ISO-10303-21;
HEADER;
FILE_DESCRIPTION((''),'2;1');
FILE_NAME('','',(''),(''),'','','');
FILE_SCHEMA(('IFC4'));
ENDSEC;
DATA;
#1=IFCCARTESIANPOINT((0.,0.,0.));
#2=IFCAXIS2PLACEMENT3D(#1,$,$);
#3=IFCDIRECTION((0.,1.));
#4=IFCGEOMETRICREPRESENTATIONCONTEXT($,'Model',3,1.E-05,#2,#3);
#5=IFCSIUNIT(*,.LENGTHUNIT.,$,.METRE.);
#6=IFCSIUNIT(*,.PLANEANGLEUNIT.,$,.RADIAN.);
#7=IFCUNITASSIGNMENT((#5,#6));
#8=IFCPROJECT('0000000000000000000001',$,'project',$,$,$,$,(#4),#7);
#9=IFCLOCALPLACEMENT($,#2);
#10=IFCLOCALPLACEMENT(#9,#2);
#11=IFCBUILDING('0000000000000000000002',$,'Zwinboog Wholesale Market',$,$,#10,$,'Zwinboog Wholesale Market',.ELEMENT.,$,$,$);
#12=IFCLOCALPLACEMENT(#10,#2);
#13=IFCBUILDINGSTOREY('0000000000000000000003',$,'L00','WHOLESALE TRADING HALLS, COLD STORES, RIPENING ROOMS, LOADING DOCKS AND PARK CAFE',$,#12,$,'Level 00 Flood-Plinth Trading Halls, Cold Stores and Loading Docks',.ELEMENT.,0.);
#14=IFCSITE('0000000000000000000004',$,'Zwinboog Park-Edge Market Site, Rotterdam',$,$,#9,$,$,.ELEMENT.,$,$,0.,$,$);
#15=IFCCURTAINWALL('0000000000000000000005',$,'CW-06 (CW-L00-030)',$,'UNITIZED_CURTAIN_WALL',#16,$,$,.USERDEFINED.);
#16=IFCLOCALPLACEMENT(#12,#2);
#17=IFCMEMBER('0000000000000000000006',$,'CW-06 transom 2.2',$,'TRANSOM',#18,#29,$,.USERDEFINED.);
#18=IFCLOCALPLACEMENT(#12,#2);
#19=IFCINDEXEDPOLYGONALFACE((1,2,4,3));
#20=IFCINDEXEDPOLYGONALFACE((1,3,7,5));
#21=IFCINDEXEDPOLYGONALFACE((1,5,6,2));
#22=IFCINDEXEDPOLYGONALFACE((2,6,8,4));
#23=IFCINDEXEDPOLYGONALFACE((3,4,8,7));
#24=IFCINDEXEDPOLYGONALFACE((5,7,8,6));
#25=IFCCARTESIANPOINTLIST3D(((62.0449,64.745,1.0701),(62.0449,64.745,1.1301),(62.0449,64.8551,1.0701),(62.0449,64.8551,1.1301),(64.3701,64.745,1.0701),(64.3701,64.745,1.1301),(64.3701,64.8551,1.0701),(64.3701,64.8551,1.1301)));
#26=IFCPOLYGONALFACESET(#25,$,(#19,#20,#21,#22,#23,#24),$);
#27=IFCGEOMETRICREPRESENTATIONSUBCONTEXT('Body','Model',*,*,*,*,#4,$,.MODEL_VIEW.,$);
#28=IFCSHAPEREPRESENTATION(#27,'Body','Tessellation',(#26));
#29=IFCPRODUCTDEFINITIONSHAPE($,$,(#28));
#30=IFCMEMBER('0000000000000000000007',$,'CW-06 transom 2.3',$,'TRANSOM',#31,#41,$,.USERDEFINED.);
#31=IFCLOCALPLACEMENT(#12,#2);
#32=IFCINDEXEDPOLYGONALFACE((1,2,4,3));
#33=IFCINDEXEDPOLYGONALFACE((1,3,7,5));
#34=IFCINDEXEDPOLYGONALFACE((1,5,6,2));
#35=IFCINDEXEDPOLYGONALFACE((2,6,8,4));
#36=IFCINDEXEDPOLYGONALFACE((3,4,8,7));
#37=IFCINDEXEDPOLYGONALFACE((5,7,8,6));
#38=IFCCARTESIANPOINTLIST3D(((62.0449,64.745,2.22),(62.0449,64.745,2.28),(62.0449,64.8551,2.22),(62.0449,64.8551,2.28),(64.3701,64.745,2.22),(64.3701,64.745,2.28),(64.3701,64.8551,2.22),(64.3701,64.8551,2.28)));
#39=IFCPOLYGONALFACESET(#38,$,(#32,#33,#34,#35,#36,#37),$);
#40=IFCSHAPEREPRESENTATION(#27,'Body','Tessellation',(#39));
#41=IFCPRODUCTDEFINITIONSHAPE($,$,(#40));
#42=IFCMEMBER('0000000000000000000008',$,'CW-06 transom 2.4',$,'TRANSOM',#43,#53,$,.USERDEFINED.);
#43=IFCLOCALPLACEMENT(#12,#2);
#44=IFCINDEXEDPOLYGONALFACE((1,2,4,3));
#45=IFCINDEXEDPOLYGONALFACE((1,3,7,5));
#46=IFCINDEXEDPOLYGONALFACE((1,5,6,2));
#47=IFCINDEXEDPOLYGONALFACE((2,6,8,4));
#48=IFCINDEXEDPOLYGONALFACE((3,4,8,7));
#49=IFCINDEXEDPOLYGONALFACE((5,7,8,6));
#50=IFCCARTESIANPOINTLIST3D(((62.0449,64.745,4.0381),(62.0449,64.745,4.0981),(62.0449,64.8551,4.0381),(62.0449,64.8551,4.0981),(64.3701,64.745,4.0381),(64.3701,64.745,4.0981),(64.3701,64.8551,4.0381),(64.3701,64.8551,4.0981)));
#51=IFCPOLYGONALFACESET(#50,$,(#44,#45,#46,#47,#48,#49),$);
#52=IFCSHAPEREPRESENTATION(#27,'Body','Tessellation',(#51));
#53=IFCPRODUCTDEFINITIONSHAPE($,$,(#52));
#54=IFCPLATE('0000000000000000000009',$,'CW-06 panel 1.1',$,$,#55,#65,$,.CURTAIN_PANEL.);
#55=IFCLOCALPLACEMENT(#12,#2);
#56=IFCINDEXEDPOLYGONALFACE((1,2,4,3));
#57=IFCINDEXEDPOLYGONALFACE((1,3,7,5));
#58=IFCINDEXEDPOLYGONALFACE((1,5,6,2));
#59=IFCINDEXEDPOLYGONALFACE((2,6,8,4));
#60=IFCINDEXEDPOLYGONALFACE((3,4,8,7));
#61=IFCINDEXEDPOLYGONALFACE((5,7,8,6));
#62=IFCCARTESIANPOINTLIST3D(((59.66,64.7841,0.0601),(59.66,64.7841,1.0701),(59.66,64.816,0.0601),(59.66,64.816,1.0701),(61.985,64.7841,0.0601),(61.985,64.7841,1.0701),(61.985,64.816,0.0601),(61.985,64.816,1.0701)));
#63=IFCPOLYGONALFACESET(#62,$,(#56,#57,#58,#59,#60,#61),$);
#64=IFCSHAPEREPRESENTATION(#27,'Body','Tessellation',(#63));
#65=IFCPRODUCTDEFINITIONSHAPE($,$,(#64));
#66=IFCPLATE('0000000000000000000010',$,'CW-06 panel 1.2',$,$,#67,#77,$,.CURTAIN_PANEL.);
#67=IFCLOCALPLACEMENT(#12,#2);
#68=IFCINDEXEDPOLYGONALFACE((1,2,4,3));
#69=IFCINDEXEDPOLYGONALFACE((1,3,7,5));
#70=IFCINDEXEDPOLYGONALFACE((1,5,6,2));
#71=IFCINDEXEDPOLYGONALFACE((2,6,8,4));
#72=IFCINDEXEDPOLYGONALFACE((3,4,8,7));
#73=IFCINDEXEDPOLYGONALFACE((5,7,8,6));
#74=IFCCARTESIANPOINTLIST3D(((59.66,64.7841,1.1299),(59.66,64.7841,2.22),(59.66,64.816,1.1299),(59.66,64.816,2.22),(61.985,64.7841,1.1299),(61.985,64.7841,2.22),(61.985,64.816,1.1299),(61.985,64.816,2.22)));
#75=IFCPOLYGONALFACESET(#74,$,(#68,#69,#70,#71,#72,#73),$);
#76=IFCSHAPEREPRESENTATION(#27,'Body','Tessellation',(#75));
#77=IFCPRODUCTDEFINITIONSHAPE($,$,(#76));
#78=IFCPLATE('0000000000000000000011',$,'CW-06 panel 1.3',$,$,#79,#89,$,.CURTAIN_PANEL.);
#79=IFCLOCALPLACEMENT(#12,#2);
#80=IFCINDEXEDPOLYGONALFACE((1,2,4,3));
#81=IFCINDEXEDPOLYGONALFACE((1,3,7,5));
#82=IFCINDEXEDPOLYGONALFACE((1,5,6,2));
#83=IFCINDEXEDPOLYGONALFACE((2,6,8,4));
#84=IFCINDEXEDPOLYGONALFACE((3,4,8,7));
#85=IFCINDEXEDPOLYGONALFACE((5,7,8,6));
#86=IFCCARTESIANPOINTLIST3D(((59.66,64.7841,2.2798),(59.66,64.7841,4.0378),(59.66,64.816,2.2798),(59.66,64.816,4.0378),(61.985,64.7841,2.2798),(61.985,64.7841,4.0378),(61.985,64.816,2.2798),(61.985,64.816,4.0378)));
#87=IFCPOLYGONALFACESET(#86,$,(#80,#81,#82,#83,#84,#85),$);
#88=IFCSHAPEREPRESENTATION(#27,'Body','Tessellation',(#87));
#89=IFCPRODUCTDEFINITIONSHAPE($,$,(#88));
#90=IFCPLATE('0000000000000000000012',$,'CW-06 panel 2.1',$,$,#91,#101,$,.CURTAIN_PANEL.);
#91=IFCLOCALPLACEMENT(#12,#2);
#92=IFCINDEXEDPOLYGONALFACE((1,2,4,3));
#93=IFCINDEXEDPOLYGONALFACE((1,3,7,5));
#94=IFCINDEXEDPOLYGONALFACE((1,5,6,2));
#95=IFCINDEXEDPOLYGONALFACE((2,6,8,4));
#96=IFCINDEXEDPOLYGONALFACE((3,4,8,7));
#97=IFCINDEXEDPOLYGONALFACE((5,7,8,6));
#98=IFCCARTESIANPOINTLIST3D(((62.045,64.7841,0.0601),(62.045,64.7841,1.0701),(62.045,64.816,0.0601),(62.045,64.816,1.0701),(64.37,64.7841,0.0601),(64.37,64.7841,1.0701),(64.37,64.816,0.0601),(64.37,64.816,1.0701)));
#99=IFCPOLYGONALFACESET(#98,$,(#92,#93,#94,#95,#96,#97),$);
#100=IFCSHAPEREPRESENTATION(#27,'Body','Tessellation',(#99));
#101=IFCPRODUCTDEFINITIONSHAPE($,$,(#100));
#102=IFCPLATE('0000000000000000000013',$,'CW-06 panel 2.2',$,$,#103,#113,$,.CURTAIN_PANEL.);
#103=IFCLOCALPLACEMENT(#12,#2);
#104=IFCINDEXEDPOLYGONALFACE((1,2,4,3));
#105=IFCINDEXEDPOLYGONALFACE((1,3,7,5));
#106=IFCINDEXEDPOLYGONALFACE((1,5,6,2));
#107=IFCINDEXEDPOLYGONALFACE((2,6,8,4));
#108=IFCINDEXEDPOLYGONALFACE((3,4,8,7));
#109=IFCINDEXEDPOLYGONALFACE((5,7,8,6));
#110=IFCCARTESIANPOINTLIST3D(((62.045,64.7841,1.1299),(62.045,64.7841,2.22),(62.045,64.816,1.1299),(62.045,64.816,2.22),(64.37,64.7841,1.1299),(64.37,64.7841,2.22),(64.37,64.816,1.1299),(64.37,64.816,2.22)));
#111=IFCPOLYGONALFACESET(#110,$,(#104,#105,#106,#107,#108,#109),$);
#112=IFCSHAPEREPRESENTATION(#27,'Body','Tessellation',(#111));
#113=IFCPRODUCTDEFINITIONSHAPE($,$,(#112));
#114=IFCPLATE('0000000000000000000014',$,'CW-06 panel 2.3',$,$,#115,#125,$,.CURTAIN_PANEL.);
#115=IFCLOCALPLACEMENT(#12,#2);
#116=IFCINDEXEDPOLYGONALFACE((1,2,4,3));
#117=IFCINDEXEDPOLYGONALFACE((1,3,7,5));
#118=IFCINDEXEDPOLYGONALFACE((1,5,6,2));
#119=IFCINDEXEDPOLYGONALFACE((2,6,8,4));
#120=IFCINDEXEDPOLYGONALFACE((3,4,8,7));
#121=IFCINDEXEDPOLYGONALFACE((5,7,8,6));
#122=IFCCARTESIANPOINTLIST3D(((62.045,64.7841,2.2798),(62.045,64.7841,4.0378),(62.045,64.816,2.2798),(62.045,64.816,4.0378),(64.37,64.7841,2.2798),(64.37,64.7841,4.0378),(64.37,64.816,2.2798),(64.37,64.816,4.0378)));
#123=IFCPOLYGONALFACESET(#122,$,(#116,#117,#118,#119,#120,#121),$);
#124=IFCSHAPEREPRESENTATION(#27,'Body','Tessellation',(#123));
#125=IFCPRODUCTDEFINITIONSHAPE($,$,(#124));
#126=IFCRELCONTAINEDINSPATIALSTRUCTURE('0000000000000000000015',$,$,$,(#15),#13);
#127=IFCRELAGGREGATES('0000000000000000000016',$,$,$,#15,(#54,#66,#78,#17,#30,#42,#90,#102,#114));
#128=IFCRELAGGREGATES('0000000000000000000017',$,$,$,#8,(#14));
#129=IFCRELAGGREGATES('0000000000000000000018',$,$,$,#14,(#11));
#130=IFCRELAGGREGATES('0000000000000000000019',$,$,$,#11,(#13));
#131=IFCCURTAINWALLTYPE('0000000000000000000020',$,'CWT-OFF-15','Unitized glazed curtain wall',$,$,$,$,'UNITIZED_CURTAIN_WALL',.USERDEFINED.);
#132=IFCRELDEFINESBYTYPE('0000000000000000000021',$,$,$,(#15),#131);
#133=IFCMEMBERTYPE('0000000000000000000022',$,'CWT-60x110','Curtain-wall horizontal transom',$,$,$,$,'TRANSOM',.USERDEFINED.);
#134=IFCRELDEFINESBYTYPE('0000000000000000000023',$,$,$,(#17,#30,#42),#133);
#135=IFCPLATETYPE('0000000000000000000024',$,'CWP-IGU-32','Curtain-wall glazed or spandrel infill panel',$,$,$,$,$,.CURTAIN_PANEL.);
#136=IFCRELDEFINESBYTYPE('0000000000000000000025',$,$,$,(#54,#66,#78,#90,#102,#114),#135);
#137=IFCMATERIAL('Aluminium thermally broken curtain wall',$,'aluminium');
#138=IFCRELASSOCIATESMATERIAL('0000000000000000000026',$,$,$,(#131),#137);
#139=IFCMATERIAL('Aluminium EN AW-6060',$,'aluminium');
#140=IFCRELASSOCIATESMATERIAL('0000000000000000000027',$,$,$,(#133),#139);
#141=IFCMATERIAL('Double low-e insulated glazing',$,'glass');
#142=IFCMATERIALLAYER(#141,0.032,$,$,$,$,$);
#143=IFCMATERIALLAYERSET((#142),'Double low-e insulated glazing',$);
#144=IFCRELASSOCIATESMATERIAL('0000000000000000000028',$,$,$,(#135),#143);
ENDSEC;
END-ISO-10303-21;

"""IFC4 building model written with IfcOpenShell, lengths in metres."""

from ifc_helpers import new_model, si_unit, direction, frame, origin, origin_2d, place, context, subcontext, project, spatial, rectangle, extrude, material, layer, layer_set, material_profile, profile_set, type_object, element, aggregate, save


model = new_model("IFC4")

# Units and contexts
model_context = context("Model", 3, precision=1e-05, world=origin(), true_north=direction((0.0, 1.0)))
body_context = subcontext(model_context, "Body", "Model", "MODEL_VIEW")
ifc_project = project(units=[si_unit("LENGTHUNIT", "METRE"), si_unit("PLANEANGLEUNIT", "RADIAN")], contexts=[model_context])

# Site, building, storey
site_placement = place(None, origin())
site = spatial("IfcSite", under=ifc_project, at=site_placement, Name="Zwinboog Park-Edge Market Site, Rotterdam", CompositionType="ELEMENT", RefElevation=0.0)
building_placement = place(site_placement, origin())
building = spatial("IfcBuilding", under=site, at=building_placement, Name="Zwinboog Wholesale Market", LongName="Zwinboog Wholesale Market", CompositionType="ELEMENT")
storey_placement = place(building_placement, origin())
storey = spatial("IfcBuildingStorey", under=building, at=storey_placement, Name="L00", Description="WHOLESALE TRADING HALLS, COLD STORES, RIPENING ROOMS, LOADING DOCKS AND PARK CAFE", LongName="Level 00 Flood-Plinth Trading Halls, Cold Stores and Loading Docks", CompositionType="ELEMENT", Elevation=0.0)

# Curtain wall, members, plates
ifc_material_1 = material(Name="Aluminium thermally broken curtain wall", Category="aluminium")
curtain_wall_type = type_object("IfcCurtainWallType", Name="CWT-OFF-15", Description="Unitized glazed curtain wall", ElementType="UNITIZED_CURTAIN_WALL", PredefinedType="USERDEFINED", material=ifc_material_1)
curtain_wall_placement = place(storey_placement, origin())
curtain_wall = element("IfcCurtainWall", 1, at=curtain_wall_placement, inside=storey, type_object=curtain_wall_type, Name="CW-06 (CW-L00-030)", ObjectType="UNITIZED_CURTAIN_WALL", PredefinedType="USERDEFINED")
ifc_material_2 = material(Name="Aluminium EN AW-6060", Category="aluminium")
ifc_material_profile_1 = material_profile(ifc_material_2, rectangle(XDim=0.1101, YDim=0.0601, at=origin_2d()), Name="AL 60x110")
ifc_profile_set_1 = profile_set([ifc_material_profile_1], Name="Aluminium EN AW-6060")
member_type_1 = type_object("IfcMemberType", Name="CWT-60x110", Description="Curtain-wall horizontal transom", ElementType="TRANSOM", PredefinedType="USERDEFINED", material=ifc_profile_set_1)
member_1_placement = place(storey_placement, frame((62.0449, 64.8, 1.1001), z_axis=(1.0, 0.0, 0.0), x_axis=(0.0, 1.0, 0.0)))
member_1 = element("IfcMember", 2, at=member_1_placement, type_object=member_type_1, Name="CW-06 transom 2.2", ObjectType="TRANSOM", PredefinedType="USERDEFINED", context=body_context, shape_type="SweptSolid", body=[
    extrude(rectangle(XDim=0.1101, YDim=0.0601, at=origin_2d()), origin(), (0.0, 0.0, 1.0), 2.3252),
])
member_2_placement = place(storey_placement, frame((62.0449, 64.8, 2.25), z_axis=(1.0, 0.0, 0.0), x_axis=(0.0, 1.0, 0.0)))
member_2 = element("IfcMember", 3, at=member_2_placement, type_object=member_type_1, Name="CW-06 transom 2.3", ObjectType="TRANSOM", PredefinedType="USERDEFINED", context=body_context, shape_type="SweptSolid", body=[
    extrude(rectangle(XDim=0.1101, YDim=0.0601, at=origin_2d()), origin(), (0.0, 0.0, 1.0), 2.3252),
])
member_3_placement = place(storey_placement, frame((62.0449, 64.8, 4.0681), z_axis=(1.0, 0.0, 0.0), x_axis=(0.0, 1.0, 0.0)))
member_3 = element("IfcMember", 4, at=member_3_placement, type_object=member_type_1, Name="CW-06 transom 2.4", ObjectType="TRANSOM", PredefinedType="USERDEFINED", context=body_context, shape_type="SweptSolid", body=[
    extrude(rectangle(XDim=0.1101, YDim=0.0601, at=origin_2d()), origin(), (0.0, 0.0, 1.0), 2.3252),
])
ifc_material_3 = material(Name="Double low-e insulated glazing", Category="glass")
ifc_layer = layer(ifc_material_3, 0.032)
ifc_layer_set = layer_set([ifc_layer], Name="Double low-e insulated glazing")
plate_type = type_object("IfcPlateType", Name="CWP-IGU-32", Description="Curtain-wall glazed or spandrel infill panel", PredefinedType="CURTAIN_PANEL", material=ifc_layer_set)
plate_1_placement = place(storey_placement, frame((60.8225, 64.8, 0.0601), z_axis=(0.0, 0.0, 1.0), x_axis=(1.0, 0.0, 0.0)))
plate_1 = element("IfcPlate", 5, at=plate_1_placement, type_object=plate_type, Name="CW-06 panel 1.1", PredefinedType="CURTAIN_PANEL", context=body_context, shape_type="SweptSolid", body=[
    extrude(rectangle(XDim=2.325, YDim=0.032, at=origin_2d()), origin(), (0.0, 0.0, 1.0), 1.01),
])
plate_2_placement = place(storey_placement, frame((60.8225, 64.8, 1.1299), z_axis=(0.0, 0.0, 1.0), x_axis=(1.0, 0.0, 0.0)))
plate_2 = element("IfcPlate", 6, at=plate_2_placement, type_object=plate_type, Name="CW-06 panel 1.2", PredefinedType="CURTAIN_PANEL", context=body_context, shape_type="SweptSolid", body=[
    extrude(rectangle(XDim=2.325, YDim=0.032, at=origin_2d()), origin(), (0.0, 0.0, 1.0), 1.0901),
])
plate_3_placement = place(storey_placement, frame((60.8225, 64.8, 2.2798), z_axis=(0.0, 0.0, 1.0), x_axis=(1.0, 0.0, 0.0)))
plate_3 = element("IfcPlate", 7, at=plate_3_placement, type_object=plate_type, Name="CW-06 panel 1.3", PredefinedType="CURTAIN_PANEL", context=body_context, shape_type="SweptSolid", body=[
    extrude(rectangle(XDim=2.325, YDim=0.032, at=origin_2d()), origin(), (0.0, 0.0, 1.0), 1.7581),
])
plate_4_placement = place(storey_placement, frame((63.2075, 64.8, 0.0601), z_axis=(0.0, 0.0, 1.0), x_axis=(1.0, 0.0, 0.0)))
plate_4 = element("IfcPlate", 8, at=plate_4_placement, type_object=plate_type, Name="CW-06 panel 2.1", PredefinedType="CURTAIN_PANEL", context=body_context, shape_type="SweptSolid", body=[
    extrude(rectangle(XDim=2.325, YDim=0.032, at=origin_2d()), origin(), (0.0, 0.0, 1.0), 1.01),
])
plate_5_placement = place(storey_placement, frame((63.2075, 64.8, 1.1299), z_axis=(0.0, 0.0, 1.0), x_axis=(1.0, 0.0, 0.0)))
plate_5 = element("IfcPlate", 9, at=plate_5_placement, type_object=plate_type, Name="CW-06 panel 2.2", PredefinedType="CURTAIN_PANEL", context=body_context, shape_type="SweptSolid", body=[
    extrude(rectangle(XDim=2.325, YDim=0.032, at=origin_2d()), origin(), (0.0, 0.0, 1.0), 1.0901),
])
plate_6_placement = place(storey_placement, frame((63.2075, 64.8, 2.2798), z_axis=(0.0, 0.0, 1.0), x_axis=(1.0, 0.0, 0.0)))
plate_6 = element("IfcPlate", 10, at=plate_6_placement, type_object=plate_type, Name="CW-06 panel 2.3", PredefinedType="CURTAIN_PANEL", context=body_context, shape_type="SweptSolid", body=[
    extrude(rectangle(XDim=2.325, YDim=0.032, at=origin_2d()), origin(), (0.0, 0.0, 1.0), 1.7581),
])
aggregate(curtain_wall, [plate_1, plate_2, plate_3, member_1, member_2, member_3, plate_4, plate_5, plate_6])

save(model, "model.ifc")
